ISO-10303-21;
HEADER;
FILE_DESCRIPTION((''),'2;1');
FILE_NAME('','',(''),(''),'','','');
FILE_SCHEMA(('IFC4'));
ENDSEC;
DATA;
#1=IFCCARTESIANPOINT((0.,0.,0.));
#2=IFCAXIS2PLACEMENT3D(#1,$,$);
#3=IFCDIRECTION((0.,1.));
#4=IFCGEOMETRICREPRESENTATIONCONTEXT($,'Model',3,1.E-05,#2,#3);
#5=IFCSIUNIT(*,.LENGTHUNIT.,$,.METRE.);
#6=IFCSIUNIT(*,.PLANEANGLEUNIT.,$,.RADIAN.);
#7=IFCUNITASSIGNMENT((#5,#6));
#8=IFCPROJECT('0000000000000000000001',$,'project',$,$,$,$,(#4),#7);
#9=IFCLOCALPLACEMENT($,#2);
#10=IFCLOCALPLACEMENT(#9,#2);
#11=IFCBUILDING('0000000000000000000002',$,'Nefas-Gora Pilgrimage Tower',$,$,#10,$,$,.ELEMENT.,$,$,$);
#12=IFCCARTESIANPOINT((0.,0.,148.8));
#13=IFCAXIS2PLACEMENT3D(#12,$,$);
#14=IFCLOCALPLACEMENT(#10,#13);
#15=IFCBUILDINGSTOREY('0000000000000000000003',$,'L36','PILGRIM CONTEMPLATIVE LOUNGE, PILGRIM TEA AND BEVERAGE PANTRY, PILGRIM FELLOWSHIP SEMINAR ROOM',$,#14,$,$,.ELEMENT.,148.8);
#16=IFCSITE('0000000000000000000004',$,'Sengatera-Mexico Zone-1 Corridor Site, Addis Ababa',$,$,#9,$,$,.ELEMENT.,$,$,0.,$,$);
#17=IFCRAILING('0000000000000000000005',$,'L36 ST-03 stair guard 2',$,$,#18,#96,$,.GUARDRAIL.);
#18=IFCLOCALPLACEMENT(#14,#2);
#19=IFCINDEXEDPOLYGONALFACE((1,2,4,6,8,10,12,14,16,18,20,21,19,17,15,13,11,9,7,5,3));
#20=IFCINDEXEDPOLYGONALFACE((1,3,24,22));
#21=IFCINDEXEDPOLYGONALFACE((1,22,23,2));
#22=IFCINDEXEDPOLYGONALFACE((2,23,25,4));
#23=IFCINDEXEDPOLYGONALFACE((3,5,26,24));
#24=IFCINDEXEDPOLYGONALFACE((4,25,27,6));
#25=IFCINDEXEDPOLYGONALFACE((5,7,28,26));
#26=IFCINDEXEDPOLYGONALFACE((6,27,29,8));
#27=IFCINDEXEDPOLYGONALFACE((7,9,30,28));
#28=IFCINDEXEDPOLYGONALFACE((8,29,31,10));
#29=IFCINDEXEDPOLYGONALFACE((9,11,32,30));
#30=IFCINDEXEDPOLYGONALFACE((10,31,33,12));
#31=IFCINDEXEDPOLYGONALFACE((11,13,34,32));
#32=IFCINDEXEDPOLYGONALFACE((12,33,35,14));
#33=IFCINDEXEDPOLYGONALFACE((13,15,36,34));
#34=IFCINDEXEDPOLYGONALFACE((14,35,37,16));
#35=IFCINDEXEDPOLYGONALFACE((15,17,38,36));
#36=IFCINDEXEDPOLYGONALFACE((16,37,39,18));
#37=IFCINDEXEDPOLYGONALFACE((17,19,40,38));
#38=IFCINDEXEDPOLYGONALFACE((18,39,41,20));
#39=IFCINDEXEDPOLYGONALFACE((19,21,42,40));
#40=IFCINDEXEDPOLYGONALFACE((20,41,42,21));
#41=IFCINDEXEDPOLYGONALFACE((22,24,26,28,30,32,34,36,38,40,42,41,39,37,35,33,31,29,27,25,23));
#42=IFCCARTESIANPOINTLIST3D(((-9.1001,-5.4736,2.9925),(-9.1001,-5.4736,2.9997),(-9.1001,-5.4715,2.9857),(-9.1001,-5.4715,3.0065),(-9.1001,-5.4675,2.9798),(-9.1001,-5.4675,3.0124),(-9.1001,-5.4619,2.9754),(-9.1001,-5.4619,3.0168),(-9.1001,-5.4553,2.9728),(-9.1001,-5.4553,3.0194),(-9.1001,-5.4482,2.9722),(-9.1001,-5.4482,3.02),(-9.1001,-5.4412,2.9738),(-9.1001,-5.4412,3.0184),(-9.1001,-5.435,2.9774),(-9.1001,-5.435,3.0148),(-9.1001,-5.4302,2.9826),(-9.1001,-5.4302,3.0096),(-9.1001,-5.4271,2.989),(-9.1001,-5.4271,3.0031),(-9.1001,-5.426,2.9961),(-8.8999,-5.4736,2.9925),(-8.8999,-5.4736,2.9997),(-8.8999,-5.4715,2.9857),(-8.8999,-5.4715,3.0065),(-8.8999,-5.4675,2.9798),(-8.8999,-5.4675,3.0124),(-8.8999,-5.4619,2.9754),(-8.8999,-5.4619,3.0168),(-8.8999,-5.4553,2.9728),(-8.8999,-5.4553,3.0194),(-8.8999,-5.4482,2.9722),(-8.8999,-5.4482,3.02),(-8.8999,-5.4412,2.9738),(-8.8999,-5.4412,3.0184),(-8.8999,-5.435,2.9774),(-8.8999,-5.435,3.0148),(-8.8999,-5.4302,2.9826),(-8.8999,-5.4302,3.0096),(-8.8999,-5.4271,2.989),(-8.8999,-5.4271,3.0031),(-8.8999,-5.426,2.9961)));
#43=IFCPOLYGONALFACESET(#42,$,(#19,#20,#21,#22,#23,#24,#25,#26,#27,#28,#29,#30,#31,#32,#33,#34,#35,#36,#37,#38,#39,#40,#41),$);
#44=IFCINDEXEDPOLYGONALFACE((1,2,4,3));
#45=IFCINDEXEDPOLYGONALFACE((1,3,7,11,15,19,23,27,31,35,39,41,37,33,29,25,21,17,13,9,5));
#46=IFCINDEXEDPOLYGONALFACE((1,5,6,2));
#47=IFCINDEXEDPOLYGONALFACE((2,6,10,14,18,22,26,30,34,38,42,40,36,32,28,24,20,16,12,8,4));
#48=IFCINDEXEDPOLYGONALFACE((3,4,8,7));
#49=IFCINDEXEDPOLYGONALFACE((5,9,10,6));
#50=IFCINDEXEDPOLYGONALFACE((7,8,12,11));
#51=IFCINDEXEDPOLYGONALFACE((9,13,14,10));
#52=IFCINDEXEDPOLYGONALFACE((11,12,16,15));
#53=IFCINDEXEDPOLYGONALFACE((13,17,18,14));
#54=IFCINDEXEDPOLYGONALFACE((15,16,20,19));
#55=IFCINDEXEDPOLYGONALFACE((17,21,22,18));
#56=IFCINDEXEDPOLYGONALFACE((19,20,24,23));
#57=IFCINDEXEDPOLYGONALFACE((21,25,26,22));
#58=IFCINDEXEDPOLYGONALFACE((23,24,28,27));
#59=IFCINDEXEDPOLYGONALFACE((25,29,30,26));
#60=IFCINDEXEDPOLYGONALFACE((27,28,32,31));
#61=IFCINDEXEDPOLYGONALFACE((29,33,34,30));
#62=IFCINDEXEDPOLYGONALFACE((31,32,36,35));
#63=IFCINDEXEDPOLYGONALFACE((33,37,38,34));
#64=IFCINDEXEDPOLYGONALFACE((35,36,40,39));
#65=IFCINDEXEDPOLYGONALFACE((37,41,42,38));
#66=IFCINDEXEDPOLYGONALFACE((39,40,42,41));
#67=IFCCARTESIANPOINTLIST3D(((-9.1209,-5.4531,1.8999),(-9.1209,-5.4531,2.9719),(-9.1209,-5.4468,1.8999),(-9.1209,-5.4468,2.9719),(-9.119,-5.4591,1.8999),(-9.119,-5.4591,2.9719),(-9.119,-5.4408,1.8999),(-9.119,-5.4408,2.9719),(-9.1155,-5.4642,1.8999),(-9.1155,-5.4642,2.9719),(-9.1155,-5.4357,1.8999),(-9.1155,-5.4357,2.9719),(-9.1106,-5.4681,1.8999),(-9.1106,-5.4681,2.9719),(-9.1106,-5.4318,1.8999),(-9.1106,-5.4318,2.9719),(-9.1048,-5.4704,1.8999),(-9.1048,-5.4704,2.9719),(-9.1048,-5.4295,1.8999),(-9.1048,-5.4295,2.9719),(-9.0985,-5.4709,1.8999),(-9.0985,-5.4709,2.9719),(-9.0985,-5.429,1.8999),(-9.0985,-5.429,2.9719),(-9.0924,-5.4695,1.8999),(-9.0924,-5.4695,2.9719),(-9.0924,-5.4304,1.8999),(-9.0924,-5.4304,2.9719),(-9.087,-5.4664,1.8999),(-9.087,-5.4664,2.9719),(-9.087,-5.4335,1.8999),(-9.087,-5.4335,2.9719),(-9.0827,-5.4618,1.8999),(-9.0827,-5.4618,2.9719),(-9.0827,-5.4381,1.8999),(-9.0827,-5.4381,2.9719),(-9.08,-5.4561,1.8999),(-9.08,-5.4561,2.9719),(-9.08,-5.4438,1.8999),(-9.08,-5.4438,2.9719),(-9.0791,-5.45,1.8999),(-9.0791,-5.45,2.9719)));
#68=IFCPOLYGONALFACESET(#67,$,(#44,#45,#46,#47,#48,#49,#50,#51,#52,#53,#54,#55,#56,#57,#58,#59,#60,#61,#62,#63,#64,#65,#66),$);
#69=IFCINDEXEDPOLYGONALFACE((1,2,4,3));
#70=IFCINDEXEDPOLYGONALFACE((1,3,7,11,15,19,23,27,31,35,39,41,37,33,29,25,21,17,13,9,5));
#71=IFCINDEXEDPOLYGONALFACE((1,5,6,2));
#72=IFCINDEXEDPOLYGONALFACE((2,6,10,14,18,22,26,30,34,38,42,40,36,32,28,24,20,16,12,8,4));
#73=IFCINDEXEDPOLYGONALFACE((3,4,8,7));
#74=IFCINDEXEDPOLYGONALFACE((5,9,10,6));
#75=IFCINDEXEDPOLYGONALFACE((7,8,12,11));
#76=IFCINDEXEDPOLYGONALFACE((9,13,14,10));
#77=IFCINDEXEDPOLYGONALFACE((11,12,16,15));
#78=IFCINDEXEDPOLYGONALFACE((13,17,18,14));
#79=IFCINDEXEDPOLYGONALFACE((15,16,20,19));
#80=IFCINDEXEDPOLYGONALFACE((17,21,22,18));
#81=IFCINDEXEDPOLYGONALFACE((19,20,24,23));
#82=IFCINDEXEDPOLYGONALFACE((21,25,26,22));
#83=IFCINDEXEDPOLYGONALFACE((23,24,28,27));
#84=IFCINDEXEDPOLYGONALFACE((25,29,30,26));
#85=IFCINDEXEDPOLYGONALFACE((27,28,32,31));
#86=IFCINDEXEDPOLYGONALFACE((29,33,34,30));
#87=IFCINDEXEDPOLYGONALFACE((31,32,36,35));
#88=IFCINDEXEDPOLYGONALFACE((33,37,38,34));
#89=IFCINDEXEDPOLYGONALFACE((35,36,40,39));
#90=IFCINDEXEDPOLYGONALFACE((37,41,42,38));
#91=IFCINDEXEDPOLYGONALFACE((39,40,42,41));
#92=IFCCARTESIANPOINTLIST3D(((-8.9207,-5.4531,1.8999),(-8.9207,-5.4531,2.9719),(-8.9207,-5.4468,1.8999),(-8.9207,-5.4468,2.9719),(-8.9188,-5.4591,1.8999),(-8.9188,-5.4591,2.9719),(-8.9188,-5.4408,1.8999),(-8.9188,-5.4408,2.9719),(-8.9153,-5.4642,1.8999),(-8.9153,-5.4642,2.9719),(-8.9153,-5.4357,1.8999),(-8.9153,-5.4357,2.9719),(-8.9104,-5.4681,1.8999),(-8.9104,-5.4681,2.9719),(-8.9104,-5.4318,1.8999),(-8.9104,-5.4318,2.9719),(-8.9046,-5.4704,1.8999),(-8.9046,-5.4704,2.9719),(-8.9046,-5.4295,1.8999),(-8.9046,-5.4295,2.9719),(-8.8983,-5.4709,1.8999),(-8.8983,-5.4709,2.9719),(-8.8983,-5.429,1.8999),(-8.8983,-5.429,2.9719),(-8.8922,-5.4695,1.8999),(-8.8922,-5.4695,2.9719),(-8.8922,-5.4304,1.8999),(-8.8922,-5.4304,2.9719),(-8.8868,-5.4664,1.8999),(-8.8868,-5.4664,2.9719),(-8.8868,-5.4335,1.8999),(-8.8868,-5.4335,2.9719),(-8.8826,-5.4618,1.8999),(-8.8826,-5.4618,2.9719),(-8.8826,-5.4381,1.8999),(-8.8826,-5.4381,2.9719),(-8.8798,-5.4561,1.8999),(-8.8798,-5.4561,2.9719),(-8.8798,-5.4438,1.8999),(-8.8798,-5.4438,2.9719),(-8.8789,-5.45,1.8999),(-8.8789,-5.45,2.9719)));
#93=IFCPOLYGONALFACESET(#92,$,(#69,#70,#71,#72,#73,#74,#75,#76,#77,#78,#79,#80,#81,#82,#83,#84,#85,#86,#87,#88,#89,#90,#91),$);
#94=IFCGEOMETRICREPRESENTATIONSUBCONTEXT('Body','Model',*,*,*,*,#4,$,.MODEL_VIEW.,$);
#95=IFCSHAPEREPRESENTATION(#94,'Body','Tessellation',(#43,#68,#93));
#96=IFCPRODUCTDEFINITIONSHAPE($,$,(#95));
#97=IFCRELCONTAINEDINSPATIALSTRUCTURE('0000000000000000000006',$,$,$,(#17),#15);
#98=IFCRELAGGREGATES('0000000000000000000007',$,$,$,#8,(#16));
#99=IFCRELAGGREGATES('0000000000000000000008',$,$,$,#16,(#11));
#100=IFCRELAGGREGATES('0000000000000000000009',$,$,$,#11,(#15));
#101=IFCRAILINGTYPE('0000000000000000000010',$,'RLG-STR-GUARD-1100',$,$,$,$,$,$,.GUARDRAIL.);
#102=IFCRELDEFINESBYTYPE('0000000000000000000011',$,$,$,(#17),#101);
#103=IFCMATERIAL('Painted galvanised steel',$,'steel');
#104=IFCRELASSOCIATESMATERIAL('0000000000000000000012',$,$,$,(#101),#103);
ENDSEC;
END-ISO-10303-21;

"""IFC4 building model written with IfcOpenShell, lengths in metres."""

from ifc_helpers import new_model, si_unit, direction, frame, origin, origin_2d, place, context, subcontext, project, spatial, circle, extrude, material, type_object, element, save


model = new_model("IFC4")

# Units and contexts
model_context = context("Model", 3, precision=1e-05, world=origin(), true_north=direction((0.0, 1.0)))
body_context = subcontext(model_context, "Body", "Model", "MODEL_VIEW")
ifc_project = project(units=[si_unit("LENGTHUNIT", "METRE"), si_unit("PLANEANGLEUNIT", "RADIAN")], contexts=[model_context])

# Site, building, storey
site_placement = place(None, origin())
site = spatial("IfcSite", under=ifc_project, at=site_placement, Name="Sengatera-Mexico Zone-1 Corridor Site, Addis Ababa", CompositionType="ELEMENT", RefElevation=0.0)
building_placement = place(site_placement, origin())
building = spatial("IfcBuilding", under=site, at=building_placement, Name="Nefas-Gora Pilgrimage Tower", CompositionType="ELEMENT")
storey_placement = place(building_placement, frame((0.0, 0.0, 148.8)))
storey = spatial("IfcBuildingStorey", under=building, at=storey_placement, Name="L36", Description="PILGRIM CONTEMPLATIVE LOUNGE, PILGRIM TEA AND BEVERAGE PANTRY, PILGRIM FELLOWSHIP SEMINAR ROOM", CompositionType="ELEMENT", Elevation=148.8)

# Railing
ifc_material_1 = material(Name="Painted galvanised steel", Category="steel")
railing_type_1 = type_object("IfcRailingType", Name="RLG-STR-GUARD-1100", PredefinedType="GUARDRAIL", material=ifc_material_1)
railing_1_placement = place(storey_placement, frame((-9.1001, -5.45, 1.8999)))
element("IfcRailing", 1, at=railing_1_placement, inside=storey, type_object=railing_type_1, Name="L36 ST-03 stair guard 2", PredefinedType="GUARDRAIL", context=body_context, shape_type="SweptSolid", body=[
    extrude(circle(Radius=0.0239, at=origin_2d()), frame((0.0, 0.0, 1.0962), z_axis=(1.0, 0.0, 0.0), x_axis=(0.0, 1.0, 0.0)), (0.0, 0.0, 1.0), 0.2002),
    extrude(circle(Radius=0.021, at=origin_2d()), origin(), (0.0, 0.0, 1.0), 1.072),
    extrude(circle(Radius=0.021, at=origin_2d()), frame((0.2002, 0.0, 0.0)), (0.0, 0.0, 1.0), 1.072),
])

save(model, "model.ifc")
